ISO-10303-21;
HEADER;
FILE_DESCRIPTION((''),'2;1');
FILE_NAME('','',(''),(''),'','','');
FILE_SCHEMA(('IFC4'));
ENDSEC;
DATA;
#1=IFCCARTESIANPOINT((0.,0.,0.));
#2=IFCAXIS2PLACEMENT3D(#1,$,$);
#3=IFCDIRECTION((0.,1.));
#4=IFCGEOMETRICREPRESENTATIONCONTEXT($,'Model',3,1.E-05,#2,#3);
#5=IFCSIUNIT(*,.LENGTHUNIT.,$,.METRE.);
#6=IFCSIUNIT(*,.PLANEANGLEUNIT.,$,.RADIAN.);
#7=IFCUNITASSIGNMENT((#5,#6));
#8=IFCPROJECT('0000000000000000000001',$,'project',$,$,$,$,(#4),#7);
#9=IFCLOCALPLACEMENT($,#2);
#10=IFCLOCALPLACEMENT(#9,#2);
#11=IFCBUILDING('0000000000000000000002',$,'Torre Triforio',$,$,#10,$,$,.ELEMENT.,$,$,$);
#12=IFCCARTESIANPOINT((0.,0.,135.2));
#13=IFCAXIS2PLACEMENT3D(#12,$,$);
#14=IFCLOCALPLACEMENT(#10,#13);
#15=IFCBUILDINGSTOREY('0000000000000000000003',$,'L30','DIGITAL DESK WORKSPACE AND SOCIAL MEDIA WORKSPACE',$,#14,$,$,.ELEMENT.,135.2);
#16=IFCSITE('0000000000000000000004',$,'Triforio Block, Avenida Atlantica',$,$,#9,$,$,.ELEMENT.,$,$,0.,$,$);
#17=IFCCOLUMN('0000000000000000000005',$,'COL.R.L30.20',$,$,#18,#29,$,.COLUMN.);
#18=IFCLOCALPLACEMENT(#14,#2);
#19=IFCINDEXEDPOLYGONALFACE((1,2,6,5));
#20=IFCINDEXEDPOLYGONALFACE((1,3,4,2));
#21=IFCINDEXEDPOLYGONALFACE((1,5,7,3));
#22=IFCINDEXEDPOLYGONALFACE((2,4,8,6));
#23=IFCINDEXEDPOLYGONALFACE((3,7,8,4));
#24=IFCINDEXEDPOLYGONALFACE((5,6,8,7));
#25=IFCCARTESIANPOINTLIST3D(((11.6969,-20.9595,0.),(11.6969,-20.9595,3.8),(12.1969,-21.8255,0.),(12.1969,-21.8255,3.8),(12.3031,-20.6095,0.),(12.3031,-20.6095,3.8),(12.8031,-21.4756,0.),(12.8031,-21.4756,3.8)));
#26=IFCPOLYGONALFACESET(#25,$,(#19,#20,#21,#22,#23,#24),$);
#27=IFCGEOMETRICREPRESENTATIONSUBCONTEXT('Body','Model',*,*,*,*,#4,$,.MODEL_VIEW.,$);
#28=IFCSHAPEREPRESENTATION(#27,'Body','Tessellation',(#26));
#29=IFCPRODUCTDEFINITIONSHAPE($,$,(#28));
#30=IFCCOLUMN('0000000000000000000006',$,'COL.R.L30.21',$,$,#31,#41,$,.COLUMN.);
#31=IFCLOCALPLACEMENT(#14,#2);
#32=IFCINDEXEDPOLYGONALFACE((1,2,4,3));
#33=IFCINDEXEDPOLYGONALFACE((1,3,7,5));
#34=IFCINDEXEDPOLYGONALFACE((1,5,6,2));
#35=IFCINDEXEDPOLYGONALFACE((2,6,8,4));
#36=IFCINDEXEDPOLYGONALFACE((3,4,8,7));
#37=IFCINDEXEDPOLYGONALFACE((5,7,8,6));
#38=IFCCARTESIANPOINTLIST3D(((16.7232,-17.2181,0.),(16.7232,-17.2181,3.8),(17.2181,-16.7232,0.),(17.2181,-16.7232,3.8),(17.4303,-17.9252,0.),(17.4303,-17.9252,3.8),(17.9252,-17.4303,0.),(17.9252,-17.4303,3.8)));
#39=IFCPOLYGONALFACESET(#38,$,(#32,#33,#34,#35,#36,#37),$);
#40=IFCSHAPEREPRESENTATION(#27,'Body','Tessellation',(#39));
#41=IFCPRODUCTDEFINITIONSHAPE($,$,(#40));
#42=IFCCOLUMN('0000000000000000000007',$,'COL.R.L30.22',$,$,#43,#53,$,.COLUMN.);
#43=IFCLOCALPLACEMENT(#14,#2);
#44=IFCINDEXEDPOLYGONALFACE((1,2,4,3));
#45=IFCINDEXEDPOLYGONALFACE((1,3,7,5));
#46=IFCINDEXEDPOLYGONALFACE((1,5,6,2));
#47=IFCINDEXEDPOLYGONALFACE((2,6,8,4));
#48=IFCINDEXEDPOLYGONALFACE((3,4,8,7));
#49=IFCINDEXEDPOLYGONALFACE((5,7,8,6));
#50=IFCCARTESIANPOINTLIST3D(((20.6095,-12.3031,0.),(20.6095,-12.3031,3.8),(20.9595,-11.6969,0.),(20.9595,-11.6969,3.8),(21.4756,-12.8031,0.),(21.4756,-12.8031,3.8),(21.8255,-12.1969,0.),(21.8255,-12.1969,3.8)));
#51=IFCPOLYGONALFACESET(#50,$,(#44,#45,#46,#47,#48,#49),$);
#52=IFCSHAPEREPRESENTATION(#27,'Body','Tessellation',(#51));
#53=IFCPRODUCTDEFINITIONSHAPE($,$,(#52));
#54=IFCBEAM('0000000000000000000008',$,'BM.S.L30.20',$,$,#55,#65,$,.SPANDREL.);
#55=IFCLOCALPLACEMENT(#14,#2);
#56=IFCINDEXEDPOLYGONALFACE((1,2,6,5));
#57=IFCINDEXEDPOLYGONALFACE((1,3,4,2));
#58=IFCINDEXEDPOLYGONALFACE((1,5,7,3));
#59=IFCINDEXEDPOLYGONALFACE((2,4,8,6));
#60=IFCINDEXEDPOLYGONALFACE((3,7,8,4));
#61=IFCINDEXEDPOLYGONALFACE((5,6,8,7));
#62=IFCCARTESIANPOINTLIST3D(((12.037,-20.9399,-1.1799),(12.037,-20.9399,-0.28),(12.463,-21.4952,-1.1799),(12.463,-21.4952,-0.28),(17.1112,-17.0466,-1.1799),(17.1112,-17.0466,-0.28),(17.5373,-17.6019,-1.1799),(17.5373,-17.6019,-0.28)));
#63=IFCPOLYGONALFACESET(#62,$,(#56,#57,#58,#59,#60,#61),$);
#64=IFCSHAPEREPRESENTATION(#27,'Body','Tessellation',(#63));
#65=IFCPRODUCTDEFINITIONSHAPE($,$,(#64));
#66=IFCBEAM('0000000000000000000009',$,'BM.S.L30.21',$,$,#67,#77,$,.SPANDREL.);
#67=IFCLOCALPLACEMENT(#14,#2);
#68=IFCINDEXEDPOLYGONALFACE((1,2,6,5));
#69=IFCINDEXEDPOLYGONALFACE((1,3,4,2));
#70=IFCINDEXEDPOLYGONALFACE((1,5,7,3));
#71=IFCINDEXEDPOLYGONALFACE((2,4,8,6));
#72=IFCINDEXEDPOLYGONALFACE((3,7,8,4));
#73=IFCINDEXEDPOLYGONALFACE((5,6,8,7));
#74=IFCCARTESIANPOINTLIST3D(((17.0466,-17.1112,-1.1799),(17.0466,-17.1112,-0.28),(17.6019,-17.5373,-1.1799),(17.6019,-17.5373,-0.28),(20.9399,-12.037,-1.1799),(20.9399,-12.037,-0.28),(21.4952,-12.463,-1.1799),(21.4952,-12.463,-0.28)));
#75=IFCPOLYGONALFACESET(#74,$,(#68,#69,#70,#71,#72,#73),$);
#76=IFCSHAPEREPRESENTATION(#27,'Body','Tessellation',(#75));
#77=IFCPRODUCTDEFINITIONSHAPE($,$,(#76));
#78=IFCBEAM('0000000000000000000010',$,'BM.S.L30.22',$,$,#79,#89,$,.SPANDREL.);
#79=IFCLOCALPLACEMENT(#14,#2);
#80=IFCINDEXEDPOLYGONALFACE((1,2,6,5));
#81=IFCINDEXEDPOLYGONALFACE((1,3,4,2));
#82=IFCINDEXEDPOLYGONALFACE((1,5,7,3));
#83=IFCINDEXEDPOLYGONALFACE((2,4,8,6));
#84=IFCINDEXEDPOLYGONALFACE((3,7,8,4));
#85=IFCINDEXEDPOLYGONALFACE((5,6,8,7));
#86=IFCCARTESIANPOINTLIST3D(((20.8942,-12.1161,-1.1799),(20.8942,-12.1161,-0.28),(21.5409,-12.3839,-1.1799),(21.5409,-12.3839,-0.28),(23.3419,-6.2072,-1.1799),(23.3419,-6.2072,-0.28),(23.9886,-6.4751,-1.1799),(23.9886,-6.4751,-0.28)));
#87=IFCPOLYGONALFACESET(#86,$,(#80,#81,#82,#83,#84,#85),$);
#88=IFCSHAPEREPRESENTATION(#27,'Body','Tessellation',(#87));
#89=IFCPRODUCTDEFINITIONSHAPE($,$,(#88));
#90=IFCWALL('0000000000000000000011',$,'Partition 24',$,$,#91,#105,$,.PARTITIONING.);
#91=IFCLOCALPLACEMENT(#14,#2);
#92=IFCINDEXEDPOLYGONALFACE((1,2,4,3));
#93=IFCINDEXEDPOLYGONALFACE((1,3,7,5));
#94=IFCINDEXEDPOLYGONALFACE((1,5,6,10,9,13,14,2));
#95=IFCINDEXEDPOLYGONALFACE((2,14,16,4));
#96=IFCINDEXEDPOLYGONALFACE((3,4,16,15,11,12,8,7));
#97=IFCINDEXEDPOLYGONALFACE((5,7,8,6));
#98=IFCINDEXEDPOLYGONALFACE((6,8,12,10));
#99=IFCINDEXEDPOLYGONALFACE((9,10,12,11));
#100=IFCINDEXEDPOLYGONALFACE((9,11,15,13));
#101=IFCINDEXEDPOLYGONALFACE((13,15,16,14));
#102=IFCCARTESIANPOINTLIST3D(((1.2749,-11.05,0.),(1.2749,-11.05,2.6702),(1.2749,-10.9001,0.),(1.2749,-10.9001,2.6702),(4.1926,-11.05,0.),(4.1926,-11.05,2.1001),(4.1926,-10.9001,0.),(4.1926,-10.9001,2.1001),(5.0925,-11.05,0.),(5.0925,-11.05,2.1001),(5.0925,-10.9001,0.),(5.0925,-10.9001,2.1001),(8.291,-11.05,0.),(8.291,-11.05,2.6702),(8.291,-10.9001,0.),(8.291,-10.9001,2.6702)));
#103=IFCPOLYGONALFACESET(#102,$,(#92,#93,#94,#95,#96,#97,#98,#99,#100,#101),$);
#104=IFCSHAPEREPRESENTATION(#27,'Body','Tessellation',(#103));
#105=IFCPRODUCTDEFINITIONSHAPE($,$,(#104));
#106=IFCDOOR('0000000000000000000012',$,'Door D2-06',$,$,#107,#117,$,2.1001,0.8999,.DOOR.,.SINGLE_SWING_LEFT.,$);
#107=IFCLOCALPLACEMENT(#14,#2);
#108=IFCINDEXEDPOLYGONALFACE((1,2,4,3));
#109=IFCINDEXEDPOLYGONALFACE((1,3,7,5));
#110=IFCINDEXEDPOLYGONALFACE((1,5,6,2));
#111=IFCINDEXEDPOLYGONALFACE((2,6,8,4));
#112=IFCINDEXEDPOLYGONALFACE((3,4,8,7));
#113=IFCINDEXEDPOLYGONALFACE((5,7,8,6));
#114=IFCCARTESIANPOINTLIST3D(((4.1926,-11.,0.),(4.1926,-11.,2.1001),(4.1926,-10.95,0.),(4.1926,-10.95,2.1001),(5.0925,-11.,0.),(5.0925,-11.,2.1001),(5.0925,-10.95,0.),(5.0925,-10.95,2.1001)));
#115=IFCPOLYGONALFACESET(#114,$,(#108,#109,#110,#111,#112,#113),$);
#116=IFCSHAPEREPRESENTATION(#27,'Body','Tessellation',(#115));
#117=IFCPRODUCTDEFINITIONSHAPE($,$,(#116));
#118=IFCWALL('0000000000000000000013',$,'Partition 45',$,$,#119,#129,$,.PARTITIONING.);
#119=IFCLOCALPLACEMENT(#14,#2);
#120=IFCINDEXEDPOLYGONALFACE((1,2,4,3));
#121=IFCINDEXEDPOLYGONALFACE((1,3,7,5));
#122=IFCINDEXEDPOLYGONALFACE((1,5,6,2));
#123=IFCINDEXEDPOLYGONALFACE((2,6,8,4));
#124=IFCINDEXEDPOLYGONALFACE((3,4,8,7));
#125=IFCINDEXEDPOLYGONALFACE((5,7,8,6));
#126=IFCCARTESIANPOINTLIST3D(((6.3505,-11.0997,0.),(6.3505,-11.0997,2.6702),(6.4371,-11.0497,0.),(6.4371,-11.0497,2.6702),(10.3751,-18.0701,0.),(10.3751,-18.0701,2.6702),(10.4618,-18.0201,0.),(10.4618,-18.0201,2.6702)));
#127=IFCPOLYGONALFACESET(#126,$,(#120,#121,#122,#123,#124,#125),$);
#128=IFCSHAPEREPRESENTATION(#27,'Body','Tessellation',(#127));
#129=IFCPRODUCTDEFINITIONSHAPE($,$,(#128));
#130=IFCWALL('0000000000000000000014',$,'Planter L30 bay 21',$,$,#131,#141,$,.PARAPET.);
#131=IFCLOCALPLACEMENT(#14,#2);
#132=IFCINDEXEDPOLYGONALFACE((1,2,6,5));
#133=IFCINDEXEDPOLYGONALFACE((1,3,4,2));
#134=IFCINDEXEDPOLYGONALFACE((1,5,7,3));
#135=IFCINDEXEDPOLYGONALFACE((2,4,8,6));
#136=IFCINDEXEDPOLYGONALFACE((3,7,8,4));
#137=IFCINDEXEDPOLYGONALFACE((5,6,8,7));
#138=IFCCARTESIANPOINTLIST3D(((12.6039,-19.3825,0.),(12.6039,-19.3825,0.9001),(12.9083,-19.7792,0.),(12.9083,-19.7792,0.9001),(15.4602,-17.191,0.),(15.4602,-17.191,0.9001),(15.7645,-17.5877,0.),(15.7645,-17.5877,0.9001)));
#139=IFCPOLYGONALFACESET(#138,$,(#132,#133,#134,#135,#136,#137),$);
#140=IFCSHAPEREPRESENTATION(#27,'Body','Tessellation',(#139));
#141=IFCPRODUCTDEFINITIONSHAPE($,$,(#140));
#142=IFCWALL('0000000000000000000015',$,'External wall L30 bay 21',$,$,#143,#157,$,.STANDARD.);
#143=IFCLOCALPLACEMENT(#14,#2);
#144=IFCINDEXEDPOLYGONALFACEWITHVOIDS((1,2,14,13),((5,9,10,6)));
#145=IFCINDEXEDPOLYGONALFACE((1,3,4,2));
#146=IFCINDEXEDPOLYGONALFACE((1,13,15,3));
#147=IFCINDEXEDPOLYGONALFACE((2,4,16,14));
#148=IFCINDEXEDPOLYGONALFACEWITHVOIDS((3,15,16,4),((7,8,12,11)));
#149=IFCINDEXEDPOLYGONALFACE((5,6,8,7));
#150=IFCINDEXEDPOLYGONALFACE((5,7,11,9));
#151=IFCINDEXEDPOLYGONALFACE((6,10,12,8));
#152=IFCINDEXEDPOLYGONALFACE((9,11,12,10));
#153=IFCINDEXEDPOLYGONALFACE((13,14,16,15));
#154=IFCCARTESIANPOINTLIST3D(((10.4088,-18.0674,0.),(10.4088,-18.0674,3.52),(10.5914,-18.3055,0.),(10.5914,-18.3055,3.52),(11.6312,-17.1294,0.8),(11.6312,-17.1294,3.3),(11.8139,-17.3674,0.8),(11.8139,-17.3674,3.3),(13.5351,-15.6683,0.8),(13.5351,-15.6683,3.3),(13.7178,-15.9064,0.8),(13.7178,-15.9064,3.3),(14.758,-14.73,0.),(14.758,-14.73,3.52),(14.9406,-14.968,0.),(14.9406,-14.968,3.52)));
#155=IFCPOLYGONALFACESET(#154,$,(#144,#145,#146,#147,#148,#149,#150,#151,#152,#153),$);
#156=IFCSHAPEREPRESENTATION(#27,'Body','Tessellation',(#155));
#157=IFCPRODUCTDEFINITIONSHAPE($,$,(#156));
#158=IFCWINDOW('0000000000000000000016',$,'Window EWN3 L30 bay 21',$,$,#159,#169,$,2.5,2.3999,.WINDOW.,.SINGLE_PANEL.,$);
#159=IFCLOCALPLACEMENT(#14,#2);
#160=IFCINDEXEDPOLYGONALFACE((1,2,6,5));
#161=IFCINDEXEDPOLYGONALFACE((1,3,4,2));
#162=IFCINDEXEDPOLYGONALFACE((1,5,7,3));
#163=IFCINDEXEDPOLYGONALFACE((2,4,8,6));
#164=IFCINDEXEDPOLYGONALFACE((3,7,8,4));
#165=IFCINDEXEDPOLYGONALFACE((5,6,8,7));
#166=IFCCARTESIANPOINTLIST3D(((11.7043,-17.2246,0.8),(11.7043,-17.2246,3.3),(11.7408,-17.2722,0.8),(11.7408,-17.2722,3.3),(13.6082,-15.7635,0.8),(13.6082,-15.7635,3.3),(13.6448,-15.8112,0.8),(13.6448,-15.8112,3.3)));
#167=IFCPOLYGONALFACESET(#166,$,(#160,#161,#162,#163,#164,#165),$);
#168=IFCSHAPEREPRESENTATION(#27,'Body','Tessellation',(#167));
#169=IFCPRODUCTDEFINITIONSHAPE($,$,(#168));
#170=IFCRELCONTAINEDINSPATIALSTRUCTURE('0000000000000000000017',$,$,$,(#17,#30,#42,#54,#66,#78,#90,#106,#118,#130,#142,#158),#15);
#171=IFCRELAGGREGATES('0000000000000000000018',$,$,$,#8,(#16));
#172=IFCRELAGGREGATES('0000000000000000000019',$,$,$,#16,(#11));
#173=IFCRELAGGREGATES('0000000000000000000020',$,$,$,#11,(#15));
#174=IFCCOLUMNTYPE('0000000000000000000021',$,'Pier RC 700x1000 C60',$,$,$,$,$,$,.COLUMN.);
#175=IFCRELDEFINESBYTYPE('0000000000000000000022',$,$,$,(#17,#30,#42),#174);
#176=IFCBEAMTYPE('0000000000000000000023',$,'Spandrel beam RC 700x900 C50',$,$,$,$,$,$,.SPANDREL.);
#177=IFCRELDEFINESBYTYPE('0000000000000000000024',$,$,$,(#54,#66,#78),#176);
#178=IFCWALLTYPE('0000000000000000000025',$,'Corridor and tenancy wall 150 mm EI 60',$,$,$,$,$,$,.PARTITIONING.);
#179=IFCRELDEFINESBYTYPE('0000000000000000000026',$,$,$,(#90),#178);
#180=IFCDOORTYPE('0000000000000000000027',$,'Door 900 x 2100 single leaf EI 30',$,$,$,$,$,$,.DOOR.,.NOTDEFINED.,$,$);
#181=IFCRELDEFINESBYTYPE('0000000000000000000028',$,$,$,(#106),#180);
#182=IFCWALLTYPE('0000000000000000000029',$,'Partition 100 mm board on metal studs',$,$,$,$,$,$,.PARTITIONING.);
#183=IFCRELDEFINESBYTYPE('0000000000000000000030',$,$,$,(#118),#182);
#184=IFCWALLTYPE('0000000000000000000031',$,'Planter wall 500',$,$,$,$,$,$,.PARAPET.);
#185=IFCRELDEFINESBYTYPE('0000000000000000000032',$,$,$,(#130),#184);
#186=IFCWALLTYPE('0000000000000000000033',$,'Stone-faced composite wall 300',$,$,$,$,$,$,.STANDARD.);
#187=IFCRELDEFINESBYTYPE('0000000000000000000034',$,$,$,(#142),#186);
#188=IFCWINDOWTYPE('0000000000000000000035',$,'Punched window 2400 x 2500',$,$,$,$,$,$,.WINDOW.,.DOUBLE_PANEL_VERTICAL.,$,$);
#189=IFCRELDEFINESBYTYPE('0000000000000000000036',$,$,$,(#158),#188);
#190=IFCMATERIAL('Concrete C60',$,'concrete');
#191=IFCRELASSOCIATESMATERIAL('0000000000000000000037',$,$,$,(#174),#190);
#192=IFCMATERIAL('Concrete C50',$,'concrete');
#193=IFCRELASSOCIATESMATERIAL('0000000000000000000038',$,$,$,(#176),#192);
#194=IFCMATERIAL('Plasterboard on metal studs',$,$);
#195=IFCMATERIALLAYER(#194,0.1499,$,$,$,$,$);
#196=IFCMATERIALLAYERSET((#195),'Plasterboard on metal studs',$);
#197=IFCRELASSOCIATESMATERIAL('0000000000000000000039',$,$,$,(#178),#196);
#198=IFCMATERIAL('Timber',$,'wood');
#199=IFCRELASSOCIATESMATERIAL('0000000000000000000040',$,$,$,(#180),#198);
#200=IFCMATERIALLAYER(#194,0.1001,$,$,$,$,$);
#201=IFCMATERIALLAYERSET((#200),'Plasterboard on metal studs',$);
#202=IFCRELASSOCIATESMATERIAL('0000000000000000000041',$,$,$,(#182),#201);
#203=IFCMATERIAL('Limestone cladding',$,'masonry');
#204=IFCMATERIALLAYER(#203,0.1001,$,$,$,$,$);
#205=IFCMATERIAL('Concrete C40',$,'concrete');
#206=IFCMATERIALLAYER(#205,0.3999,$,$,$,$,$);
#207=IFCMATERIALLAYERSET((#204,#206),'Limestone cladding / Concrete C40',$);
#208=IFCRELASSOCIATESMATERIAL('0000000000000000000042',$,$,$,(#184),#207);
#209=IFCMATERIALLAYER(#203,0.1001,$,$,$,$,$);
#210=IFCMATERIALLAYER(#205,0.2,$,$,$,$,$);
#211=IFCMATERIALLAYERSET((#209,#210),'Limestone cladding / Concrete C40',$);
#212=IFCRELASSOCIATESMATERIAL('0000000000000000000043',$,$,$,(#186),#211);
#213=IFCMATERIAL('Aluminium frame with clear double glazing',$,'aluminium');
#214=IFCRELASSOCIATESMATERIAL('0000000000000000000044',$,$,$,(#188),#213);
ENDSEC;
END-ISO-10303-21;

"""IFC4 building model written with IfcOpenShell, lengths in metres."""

from ifc_helpers import new_model, si_unit, direction, frame, frame_2d, origin, origin_2d, place, context, subcontext, project, spatial, rectangle, extrude, material, layer, layer_set, material_profile, profile_set, type_object, element, fill, save


model = new_model("IFC4")

# Units and contexts
model_context = context("Model", 3, precision=1e-05, world=origin(), true_north=direction((0.0, 1.0)))
body_context = subcontext(model_context, "Body", "Model", "MODEL_VIEW")
ifc_project = project(units=[si_unit("LENGTHUNIT", "METRE"), si_unit("PLANEANGLEUNIT", "RADIAN")], contexts=[model_context])

# Site, building, storey
site_placement = place(None, origin())
site = spatial("IfcSite", under=ifc_project, at=site_placement, Name="Triforio Block, Avenida Atlantica", CompositionType="ELEMENT", RefElevation=0.0)
building_placement = place(site_placement, origin())
building = spatial("IfcBuilding", under=site, at=building_placement, Name="Torre Triforio", CompositionType="ELEMENT")
storey_placement = place(building_placement, frame((0.0, 0.0, 135.2)))
storey = spatial("IfcBuildingStorey", under=building, at=storey_placement, Name="L30", Description="DIGITAL DESK WORKSPACE AND SOCIAL MEDIA WORKSPACE", CompositionType="ELEMENT", Elevation=135.2)

# Columns
ifc_material_1 = material(Name="Concrete C60", Category="concrete")
ifc_material_profile_1 = material_profile(ifc_material_1, rectangle(XDim=0.7, YDim=1.0, at=origin_2d()), Name="RC 700x1000")
ifc_profile_set_1 = profile_set([ifc_material_profile_1], Name="Concrete C60")
column_type = type_object("IfcColumnType", Name="Pier RC 700x1000 C60", PredefinedType="COLUMN", material=ifc_profile_set_1)
for number, where, z_axis, x_axis, name in (
    (1, (12.25, -21.2175, 0.0), (0.0, 0.0, 1.0), (0.866025, 0.5, 0.0), "COL.R.L30.20"),
    (2, (17.3242, -17.3242, 0.0), (0.0, 0.0, 1.0), (0.707107, 0.707107, 0.0), "COL.R.L30.21"),
    (3, (21.2175, -12.25, 0.0), (0.0, 0.0, 1.0), (0.5, 0.866025, 0.0), "COL.R.L30.22"),
):
    element("IfcColumn", number, at=place(storey_placement, frame(where, z_axis=z_axis, x_axis=x_axis)), inside=storey, type_object=column_type, Name=name, PredefinedType="COLUMN", context=body_context, shape_type="SweptSolid", body=[
        extrude(rectangle(XDim=0.7, YDim=1.0, at=origin_2d()), origin(), (0.0, 0.0, 1.0), 3.8),
    ])

# Beams
ifc_material_2 = material(Name="Concrete C50", Category="concrete")
ifc_material_profile_2 = material_profile(ifc_material_2, rectangle(XDim=0.7, YDim=0.8999, at=origin_2d()), Name="RC 700x900")
ifc_profile_set_2 = profile_set([ifc_material_profile_2], Name="Concrete C50")
beam_type = type_object("IfcBeamType", Name="Spandrel beam RC 700x900 C50", PredefinedType="SPANDREL", material=ifc_profile_set_2)
for number, where, z_axis, x_axis, name in (
    (4, (12.25, -21.2175, -0.73), (0.793374, 0.608734, 0.0), (-0.608734, 0.793374, 0.0), "BM.S.L30.20"),
    (5, (17.3242, -17.3242, -0.73), (0.608734, 0.793374, 0.0), (-0.793374, 0.608734, 0.0), "BM.S.L30.21"),
    (6, (21.2175, -12.25, -0.73), (0.382709, 0.923869, 0.0), (-0.923869, 0.382709, 0.0), "BM.S.L30.22"),
):
    element("IfcBeam", number, at=place(storey_placement, frame(where, z_axis=z_axis, x_axis=x_axis)), inside=storey, type_object=beam_type, Name=name, PredefinedType="SPANDREL", context=body_context, shape_type="SweptSolid", body=[
        extrude(rectangle(XDim=0.7, YDim=0.8999, at=origin_2d()), origin(), (0.0, 0.0, 1.0), 6.3958),
    ])

# Wall, opening, door
ifc_material_3 = material(Name="Plasterboard on metal studs")
ifc_layer_1 = layer(ifc_material_3, 0.1499)
ifc_layer_set_1 = layer_set([ifc_layer_1], Name="Plasterboard on metal studs")
wall_type_1 = type_object("IfcWallType", Name="Corridor and tenancy wall 150 mm EI 60", PredefinedType="PARTITIONING", material=ifc_layer_set_1)
wall_1_placement = place(storey_placement, frame((8.291, -10.9751, 0.0), z_axis=(0.0, 0.0, 1.0), x_axis=(-1.0, 0.0, 0.0)))
wall_1 = element("IfcWall", 7, at=wall_1_placement, inside=storey, type_object=wall_type_1, Name="Partition 24", PredefinedType="PARTITIONING", context=body_context, shape_type="SweptSolid", body=[
    extrude(rectangle(XDim=7.0161, YDim=0.1499, at=frame_2d((3.5081, 0.0))), origin(), (0.0, 0.0, 1.0), 2.6702),
])
opening_1_placement = place(wall_1_placement, frame((3.1985, 0.0, 0.0)))
opening_1 = element("IfcOpeningElement", 8, at=opening_1_placement, cuts=wall_1, PredefinedType="OPENING", context=body_context, shape_type="SweptSolid", body=[
    extrude(rectangle(XDim=0.8999, YDim=2.1001, at=frame_2d((0.45, 1.05))), frame((0.0, 0.085, 0.0), z_axis=(0.0, -1.0, 0.0), x_axis=(1.0, 0.0, 0.0)), (0.0, 0.0, 1.0), 0.1699),
])
ifc_material_4 = material(Name="Timber", Category="wood")
door_type_1 = type_object("IfcDoorType", Name="Door 900 x 2100 single leaf EI 30", OperationType="NOTDEFINED", PredefinedType="DOOR", material=ifc_material_4)
door_1_placement = place(opening_1_placement, origin())
door_1 = element("IfcDoor", 9, at=door_1_placement, inside=storey, type_object=door_type_1, Name="Door D2-06", OperationType="SINGLE_SWING_LEFT", OverallHeight=2.1001, OverallWidth=0.8999, PredefinedType="DOOR", context=body_context, shape_type="SweptSolid", body=[
    extrude(rectangle(XDim=0.8999, YDim=2.1001, at=frame_2d((0.45, 1.05))), frame((0.0, 0.0249, 0.0), z_axis=(0.0, -1.0, 0.0), x_axis=(1.0, 0.0, 0.0)), (0.0, 0.0, 1.0), 0.05),
])
fill(opening_1, door_1)

# Walls
ifc_layer_2 = layer(ifc_material_3, 0.1001)
ifc_layer_set_2 = layer_set([ifc_layer_2], Name="Plasterboard on metal studs")
wall_type_2 = type_object("IfcWallType", Name="Partition 100 mm board on metal studs", PredefinedType="PARTITIONING", material=ifc_layer_set_2)
wall_2_placement = place(storey_placement, frame((6.3938, -11.0747, 0.0), z_axis=(0.0, 0.0, 1.0), x_axis=(0.500024, -0.866011, 0.0)))
element("IfcWall", 10, at=wall_2_placement, inside=storey, type_object=wall_type_2, Name="Partition 45", PredefinedType="PARTITIONING", context=body_context, shape_type="SweptSolid", body=[
    extrude(rectangle(XDim=8.0488, YDim=0.1001, at=frame_2d((4.0244, 0.0))), origin(), (0.0, 0.0, 1.0), 2.6702),
])
ifc_material_5 = material(Name="Limestone cladding", Category="masonry")
ifc_layer_3 = layer(ifc_material_5, 0.1001)
ifc_material_6 = material(Name="Concrete C40", Category="concrete")
ifc_layer_4 = layer(ifc_material_6, 0.3999)
ifc_layer_set_3 = layer_set([ifc_layer_3, ifc_layer_4], Name="Limestone cladding / Concrete C40")
wall_type_3 = type_object("IfcWallType", Name="Planter wall 500", PredefinedType="PARAPET", material=ifc_layer_set_3)
wall_3_placement = place(storey_placement, frame((12.7561, -19.5808, 0.0), z_axis=(0.0, 0.0, 1.0), x_axis=(0.793385, 0.608721, 0.0)))
element("IfcWall", 11, at=wall_3_placement, inside=storey, type_object=wall_type_3, Name="Planter L30 bay 21", PredefinedType="PARAPET", context=body_context, shape_type="SweptSolid", body=[
    extrude(rectangle(XDim=3.6001, YDim=0.5, at=frame_2d((1.8, 0.0))), origin(), (0.0, 0.0, 1.0), 0.9001),
])

# Wall, opening, window
ifc_layer_5 = layer(ifc_material_5, 0.1001)
ifc_layer_6 = layer(ifc_material_6, 0.2)
ifc_layer_set_4 = layer_set([ifc_layer_5, ifc_layer_6], Name="Limestone cladding / Concrete C40")
wall_type_4 = type_object("IfcWallType", Name="Stone-faced composite wall 300", PredefinedType="STANDARD", material=ifc_layer_set_4)
wall_4_placement = place(storey_placement, frame((10.5, -18.1865, 0.0), z_axis=(0.0, 0.0, 1.0), x_axis=(0.793335, 0.608785, 0.0)))
wall_4 = element("IfcWall", 12, at=wall_4_placement, inside=storey, type_object=wall_type_4, Name="External wall L30 bay 21", PredefinedType="STANDARD", context=body_context, shape_type="SweptSolid", body=[
    extrude(rectangle(XDim=5.4822, YDim=0.3, at=frame_2d((2.7412, 0.0))), origin(), (0.0, 0.0, 1.0), 3.52),
])
opening_2_placement = place(wall_4_placement, frame((1.541, 0.0, 0.8)))
opening_2 = element("IfcOpeningElement", 13, at=opening_2_placement, cuts=wall_4, PredefinedType="OPENING", context=body_context, shape_type="SweptSolid", body=[
    extrude(rectangle(XDim=2.3999, YDim=2.5, at=frame_2d((1.2, 1.25))), frame((0.0, 0.1599, 0.0), z_axis=(0.0, -1.0, 0.0), x_axis=(1.0, 0.0, 0.0)), (0.0, 0.0, 1.0), 0.3201),
])
ifc_material_7 = material(Name="Aluminium frame with clear double glazing", Category="aluminium")
window_type_1 = type_object("IfcWindowType", Name="Punched window 2400 x 2500", PartitioningType="DOUBLE_PANEL_VERTICAL", PredefinedType="WINDOW", material=ifc_material_7)
window_1_placement = place(opening_2_placement, origin())
window_1 = element("IfcWindow", 14, at=window_1_placement, inside=storey, type_object=window_type_1, Name="Window EWN3 L30 bay 21", OverallHeight=2.5, OverallWidth=2.3999, PartitioningType="SINGLE_PANEL", PredefinedType="WINDOW", context=body_context, shape_type="SweptSolid", body=[
    extrude(rectangle(XDim=2.3999, YDim=2.5, at=frame_2d((1.2, 1.25))), frame((0.0, 0.03, 0.0), z_axis=(0.0, -1.0, 0.0), x_axis=(1.0, 0.0, 0.0)), (0.0, 0.0, 1.0), 0.0601),
])
fill(opening_2, window_1)

save(model, "model.ifc")
